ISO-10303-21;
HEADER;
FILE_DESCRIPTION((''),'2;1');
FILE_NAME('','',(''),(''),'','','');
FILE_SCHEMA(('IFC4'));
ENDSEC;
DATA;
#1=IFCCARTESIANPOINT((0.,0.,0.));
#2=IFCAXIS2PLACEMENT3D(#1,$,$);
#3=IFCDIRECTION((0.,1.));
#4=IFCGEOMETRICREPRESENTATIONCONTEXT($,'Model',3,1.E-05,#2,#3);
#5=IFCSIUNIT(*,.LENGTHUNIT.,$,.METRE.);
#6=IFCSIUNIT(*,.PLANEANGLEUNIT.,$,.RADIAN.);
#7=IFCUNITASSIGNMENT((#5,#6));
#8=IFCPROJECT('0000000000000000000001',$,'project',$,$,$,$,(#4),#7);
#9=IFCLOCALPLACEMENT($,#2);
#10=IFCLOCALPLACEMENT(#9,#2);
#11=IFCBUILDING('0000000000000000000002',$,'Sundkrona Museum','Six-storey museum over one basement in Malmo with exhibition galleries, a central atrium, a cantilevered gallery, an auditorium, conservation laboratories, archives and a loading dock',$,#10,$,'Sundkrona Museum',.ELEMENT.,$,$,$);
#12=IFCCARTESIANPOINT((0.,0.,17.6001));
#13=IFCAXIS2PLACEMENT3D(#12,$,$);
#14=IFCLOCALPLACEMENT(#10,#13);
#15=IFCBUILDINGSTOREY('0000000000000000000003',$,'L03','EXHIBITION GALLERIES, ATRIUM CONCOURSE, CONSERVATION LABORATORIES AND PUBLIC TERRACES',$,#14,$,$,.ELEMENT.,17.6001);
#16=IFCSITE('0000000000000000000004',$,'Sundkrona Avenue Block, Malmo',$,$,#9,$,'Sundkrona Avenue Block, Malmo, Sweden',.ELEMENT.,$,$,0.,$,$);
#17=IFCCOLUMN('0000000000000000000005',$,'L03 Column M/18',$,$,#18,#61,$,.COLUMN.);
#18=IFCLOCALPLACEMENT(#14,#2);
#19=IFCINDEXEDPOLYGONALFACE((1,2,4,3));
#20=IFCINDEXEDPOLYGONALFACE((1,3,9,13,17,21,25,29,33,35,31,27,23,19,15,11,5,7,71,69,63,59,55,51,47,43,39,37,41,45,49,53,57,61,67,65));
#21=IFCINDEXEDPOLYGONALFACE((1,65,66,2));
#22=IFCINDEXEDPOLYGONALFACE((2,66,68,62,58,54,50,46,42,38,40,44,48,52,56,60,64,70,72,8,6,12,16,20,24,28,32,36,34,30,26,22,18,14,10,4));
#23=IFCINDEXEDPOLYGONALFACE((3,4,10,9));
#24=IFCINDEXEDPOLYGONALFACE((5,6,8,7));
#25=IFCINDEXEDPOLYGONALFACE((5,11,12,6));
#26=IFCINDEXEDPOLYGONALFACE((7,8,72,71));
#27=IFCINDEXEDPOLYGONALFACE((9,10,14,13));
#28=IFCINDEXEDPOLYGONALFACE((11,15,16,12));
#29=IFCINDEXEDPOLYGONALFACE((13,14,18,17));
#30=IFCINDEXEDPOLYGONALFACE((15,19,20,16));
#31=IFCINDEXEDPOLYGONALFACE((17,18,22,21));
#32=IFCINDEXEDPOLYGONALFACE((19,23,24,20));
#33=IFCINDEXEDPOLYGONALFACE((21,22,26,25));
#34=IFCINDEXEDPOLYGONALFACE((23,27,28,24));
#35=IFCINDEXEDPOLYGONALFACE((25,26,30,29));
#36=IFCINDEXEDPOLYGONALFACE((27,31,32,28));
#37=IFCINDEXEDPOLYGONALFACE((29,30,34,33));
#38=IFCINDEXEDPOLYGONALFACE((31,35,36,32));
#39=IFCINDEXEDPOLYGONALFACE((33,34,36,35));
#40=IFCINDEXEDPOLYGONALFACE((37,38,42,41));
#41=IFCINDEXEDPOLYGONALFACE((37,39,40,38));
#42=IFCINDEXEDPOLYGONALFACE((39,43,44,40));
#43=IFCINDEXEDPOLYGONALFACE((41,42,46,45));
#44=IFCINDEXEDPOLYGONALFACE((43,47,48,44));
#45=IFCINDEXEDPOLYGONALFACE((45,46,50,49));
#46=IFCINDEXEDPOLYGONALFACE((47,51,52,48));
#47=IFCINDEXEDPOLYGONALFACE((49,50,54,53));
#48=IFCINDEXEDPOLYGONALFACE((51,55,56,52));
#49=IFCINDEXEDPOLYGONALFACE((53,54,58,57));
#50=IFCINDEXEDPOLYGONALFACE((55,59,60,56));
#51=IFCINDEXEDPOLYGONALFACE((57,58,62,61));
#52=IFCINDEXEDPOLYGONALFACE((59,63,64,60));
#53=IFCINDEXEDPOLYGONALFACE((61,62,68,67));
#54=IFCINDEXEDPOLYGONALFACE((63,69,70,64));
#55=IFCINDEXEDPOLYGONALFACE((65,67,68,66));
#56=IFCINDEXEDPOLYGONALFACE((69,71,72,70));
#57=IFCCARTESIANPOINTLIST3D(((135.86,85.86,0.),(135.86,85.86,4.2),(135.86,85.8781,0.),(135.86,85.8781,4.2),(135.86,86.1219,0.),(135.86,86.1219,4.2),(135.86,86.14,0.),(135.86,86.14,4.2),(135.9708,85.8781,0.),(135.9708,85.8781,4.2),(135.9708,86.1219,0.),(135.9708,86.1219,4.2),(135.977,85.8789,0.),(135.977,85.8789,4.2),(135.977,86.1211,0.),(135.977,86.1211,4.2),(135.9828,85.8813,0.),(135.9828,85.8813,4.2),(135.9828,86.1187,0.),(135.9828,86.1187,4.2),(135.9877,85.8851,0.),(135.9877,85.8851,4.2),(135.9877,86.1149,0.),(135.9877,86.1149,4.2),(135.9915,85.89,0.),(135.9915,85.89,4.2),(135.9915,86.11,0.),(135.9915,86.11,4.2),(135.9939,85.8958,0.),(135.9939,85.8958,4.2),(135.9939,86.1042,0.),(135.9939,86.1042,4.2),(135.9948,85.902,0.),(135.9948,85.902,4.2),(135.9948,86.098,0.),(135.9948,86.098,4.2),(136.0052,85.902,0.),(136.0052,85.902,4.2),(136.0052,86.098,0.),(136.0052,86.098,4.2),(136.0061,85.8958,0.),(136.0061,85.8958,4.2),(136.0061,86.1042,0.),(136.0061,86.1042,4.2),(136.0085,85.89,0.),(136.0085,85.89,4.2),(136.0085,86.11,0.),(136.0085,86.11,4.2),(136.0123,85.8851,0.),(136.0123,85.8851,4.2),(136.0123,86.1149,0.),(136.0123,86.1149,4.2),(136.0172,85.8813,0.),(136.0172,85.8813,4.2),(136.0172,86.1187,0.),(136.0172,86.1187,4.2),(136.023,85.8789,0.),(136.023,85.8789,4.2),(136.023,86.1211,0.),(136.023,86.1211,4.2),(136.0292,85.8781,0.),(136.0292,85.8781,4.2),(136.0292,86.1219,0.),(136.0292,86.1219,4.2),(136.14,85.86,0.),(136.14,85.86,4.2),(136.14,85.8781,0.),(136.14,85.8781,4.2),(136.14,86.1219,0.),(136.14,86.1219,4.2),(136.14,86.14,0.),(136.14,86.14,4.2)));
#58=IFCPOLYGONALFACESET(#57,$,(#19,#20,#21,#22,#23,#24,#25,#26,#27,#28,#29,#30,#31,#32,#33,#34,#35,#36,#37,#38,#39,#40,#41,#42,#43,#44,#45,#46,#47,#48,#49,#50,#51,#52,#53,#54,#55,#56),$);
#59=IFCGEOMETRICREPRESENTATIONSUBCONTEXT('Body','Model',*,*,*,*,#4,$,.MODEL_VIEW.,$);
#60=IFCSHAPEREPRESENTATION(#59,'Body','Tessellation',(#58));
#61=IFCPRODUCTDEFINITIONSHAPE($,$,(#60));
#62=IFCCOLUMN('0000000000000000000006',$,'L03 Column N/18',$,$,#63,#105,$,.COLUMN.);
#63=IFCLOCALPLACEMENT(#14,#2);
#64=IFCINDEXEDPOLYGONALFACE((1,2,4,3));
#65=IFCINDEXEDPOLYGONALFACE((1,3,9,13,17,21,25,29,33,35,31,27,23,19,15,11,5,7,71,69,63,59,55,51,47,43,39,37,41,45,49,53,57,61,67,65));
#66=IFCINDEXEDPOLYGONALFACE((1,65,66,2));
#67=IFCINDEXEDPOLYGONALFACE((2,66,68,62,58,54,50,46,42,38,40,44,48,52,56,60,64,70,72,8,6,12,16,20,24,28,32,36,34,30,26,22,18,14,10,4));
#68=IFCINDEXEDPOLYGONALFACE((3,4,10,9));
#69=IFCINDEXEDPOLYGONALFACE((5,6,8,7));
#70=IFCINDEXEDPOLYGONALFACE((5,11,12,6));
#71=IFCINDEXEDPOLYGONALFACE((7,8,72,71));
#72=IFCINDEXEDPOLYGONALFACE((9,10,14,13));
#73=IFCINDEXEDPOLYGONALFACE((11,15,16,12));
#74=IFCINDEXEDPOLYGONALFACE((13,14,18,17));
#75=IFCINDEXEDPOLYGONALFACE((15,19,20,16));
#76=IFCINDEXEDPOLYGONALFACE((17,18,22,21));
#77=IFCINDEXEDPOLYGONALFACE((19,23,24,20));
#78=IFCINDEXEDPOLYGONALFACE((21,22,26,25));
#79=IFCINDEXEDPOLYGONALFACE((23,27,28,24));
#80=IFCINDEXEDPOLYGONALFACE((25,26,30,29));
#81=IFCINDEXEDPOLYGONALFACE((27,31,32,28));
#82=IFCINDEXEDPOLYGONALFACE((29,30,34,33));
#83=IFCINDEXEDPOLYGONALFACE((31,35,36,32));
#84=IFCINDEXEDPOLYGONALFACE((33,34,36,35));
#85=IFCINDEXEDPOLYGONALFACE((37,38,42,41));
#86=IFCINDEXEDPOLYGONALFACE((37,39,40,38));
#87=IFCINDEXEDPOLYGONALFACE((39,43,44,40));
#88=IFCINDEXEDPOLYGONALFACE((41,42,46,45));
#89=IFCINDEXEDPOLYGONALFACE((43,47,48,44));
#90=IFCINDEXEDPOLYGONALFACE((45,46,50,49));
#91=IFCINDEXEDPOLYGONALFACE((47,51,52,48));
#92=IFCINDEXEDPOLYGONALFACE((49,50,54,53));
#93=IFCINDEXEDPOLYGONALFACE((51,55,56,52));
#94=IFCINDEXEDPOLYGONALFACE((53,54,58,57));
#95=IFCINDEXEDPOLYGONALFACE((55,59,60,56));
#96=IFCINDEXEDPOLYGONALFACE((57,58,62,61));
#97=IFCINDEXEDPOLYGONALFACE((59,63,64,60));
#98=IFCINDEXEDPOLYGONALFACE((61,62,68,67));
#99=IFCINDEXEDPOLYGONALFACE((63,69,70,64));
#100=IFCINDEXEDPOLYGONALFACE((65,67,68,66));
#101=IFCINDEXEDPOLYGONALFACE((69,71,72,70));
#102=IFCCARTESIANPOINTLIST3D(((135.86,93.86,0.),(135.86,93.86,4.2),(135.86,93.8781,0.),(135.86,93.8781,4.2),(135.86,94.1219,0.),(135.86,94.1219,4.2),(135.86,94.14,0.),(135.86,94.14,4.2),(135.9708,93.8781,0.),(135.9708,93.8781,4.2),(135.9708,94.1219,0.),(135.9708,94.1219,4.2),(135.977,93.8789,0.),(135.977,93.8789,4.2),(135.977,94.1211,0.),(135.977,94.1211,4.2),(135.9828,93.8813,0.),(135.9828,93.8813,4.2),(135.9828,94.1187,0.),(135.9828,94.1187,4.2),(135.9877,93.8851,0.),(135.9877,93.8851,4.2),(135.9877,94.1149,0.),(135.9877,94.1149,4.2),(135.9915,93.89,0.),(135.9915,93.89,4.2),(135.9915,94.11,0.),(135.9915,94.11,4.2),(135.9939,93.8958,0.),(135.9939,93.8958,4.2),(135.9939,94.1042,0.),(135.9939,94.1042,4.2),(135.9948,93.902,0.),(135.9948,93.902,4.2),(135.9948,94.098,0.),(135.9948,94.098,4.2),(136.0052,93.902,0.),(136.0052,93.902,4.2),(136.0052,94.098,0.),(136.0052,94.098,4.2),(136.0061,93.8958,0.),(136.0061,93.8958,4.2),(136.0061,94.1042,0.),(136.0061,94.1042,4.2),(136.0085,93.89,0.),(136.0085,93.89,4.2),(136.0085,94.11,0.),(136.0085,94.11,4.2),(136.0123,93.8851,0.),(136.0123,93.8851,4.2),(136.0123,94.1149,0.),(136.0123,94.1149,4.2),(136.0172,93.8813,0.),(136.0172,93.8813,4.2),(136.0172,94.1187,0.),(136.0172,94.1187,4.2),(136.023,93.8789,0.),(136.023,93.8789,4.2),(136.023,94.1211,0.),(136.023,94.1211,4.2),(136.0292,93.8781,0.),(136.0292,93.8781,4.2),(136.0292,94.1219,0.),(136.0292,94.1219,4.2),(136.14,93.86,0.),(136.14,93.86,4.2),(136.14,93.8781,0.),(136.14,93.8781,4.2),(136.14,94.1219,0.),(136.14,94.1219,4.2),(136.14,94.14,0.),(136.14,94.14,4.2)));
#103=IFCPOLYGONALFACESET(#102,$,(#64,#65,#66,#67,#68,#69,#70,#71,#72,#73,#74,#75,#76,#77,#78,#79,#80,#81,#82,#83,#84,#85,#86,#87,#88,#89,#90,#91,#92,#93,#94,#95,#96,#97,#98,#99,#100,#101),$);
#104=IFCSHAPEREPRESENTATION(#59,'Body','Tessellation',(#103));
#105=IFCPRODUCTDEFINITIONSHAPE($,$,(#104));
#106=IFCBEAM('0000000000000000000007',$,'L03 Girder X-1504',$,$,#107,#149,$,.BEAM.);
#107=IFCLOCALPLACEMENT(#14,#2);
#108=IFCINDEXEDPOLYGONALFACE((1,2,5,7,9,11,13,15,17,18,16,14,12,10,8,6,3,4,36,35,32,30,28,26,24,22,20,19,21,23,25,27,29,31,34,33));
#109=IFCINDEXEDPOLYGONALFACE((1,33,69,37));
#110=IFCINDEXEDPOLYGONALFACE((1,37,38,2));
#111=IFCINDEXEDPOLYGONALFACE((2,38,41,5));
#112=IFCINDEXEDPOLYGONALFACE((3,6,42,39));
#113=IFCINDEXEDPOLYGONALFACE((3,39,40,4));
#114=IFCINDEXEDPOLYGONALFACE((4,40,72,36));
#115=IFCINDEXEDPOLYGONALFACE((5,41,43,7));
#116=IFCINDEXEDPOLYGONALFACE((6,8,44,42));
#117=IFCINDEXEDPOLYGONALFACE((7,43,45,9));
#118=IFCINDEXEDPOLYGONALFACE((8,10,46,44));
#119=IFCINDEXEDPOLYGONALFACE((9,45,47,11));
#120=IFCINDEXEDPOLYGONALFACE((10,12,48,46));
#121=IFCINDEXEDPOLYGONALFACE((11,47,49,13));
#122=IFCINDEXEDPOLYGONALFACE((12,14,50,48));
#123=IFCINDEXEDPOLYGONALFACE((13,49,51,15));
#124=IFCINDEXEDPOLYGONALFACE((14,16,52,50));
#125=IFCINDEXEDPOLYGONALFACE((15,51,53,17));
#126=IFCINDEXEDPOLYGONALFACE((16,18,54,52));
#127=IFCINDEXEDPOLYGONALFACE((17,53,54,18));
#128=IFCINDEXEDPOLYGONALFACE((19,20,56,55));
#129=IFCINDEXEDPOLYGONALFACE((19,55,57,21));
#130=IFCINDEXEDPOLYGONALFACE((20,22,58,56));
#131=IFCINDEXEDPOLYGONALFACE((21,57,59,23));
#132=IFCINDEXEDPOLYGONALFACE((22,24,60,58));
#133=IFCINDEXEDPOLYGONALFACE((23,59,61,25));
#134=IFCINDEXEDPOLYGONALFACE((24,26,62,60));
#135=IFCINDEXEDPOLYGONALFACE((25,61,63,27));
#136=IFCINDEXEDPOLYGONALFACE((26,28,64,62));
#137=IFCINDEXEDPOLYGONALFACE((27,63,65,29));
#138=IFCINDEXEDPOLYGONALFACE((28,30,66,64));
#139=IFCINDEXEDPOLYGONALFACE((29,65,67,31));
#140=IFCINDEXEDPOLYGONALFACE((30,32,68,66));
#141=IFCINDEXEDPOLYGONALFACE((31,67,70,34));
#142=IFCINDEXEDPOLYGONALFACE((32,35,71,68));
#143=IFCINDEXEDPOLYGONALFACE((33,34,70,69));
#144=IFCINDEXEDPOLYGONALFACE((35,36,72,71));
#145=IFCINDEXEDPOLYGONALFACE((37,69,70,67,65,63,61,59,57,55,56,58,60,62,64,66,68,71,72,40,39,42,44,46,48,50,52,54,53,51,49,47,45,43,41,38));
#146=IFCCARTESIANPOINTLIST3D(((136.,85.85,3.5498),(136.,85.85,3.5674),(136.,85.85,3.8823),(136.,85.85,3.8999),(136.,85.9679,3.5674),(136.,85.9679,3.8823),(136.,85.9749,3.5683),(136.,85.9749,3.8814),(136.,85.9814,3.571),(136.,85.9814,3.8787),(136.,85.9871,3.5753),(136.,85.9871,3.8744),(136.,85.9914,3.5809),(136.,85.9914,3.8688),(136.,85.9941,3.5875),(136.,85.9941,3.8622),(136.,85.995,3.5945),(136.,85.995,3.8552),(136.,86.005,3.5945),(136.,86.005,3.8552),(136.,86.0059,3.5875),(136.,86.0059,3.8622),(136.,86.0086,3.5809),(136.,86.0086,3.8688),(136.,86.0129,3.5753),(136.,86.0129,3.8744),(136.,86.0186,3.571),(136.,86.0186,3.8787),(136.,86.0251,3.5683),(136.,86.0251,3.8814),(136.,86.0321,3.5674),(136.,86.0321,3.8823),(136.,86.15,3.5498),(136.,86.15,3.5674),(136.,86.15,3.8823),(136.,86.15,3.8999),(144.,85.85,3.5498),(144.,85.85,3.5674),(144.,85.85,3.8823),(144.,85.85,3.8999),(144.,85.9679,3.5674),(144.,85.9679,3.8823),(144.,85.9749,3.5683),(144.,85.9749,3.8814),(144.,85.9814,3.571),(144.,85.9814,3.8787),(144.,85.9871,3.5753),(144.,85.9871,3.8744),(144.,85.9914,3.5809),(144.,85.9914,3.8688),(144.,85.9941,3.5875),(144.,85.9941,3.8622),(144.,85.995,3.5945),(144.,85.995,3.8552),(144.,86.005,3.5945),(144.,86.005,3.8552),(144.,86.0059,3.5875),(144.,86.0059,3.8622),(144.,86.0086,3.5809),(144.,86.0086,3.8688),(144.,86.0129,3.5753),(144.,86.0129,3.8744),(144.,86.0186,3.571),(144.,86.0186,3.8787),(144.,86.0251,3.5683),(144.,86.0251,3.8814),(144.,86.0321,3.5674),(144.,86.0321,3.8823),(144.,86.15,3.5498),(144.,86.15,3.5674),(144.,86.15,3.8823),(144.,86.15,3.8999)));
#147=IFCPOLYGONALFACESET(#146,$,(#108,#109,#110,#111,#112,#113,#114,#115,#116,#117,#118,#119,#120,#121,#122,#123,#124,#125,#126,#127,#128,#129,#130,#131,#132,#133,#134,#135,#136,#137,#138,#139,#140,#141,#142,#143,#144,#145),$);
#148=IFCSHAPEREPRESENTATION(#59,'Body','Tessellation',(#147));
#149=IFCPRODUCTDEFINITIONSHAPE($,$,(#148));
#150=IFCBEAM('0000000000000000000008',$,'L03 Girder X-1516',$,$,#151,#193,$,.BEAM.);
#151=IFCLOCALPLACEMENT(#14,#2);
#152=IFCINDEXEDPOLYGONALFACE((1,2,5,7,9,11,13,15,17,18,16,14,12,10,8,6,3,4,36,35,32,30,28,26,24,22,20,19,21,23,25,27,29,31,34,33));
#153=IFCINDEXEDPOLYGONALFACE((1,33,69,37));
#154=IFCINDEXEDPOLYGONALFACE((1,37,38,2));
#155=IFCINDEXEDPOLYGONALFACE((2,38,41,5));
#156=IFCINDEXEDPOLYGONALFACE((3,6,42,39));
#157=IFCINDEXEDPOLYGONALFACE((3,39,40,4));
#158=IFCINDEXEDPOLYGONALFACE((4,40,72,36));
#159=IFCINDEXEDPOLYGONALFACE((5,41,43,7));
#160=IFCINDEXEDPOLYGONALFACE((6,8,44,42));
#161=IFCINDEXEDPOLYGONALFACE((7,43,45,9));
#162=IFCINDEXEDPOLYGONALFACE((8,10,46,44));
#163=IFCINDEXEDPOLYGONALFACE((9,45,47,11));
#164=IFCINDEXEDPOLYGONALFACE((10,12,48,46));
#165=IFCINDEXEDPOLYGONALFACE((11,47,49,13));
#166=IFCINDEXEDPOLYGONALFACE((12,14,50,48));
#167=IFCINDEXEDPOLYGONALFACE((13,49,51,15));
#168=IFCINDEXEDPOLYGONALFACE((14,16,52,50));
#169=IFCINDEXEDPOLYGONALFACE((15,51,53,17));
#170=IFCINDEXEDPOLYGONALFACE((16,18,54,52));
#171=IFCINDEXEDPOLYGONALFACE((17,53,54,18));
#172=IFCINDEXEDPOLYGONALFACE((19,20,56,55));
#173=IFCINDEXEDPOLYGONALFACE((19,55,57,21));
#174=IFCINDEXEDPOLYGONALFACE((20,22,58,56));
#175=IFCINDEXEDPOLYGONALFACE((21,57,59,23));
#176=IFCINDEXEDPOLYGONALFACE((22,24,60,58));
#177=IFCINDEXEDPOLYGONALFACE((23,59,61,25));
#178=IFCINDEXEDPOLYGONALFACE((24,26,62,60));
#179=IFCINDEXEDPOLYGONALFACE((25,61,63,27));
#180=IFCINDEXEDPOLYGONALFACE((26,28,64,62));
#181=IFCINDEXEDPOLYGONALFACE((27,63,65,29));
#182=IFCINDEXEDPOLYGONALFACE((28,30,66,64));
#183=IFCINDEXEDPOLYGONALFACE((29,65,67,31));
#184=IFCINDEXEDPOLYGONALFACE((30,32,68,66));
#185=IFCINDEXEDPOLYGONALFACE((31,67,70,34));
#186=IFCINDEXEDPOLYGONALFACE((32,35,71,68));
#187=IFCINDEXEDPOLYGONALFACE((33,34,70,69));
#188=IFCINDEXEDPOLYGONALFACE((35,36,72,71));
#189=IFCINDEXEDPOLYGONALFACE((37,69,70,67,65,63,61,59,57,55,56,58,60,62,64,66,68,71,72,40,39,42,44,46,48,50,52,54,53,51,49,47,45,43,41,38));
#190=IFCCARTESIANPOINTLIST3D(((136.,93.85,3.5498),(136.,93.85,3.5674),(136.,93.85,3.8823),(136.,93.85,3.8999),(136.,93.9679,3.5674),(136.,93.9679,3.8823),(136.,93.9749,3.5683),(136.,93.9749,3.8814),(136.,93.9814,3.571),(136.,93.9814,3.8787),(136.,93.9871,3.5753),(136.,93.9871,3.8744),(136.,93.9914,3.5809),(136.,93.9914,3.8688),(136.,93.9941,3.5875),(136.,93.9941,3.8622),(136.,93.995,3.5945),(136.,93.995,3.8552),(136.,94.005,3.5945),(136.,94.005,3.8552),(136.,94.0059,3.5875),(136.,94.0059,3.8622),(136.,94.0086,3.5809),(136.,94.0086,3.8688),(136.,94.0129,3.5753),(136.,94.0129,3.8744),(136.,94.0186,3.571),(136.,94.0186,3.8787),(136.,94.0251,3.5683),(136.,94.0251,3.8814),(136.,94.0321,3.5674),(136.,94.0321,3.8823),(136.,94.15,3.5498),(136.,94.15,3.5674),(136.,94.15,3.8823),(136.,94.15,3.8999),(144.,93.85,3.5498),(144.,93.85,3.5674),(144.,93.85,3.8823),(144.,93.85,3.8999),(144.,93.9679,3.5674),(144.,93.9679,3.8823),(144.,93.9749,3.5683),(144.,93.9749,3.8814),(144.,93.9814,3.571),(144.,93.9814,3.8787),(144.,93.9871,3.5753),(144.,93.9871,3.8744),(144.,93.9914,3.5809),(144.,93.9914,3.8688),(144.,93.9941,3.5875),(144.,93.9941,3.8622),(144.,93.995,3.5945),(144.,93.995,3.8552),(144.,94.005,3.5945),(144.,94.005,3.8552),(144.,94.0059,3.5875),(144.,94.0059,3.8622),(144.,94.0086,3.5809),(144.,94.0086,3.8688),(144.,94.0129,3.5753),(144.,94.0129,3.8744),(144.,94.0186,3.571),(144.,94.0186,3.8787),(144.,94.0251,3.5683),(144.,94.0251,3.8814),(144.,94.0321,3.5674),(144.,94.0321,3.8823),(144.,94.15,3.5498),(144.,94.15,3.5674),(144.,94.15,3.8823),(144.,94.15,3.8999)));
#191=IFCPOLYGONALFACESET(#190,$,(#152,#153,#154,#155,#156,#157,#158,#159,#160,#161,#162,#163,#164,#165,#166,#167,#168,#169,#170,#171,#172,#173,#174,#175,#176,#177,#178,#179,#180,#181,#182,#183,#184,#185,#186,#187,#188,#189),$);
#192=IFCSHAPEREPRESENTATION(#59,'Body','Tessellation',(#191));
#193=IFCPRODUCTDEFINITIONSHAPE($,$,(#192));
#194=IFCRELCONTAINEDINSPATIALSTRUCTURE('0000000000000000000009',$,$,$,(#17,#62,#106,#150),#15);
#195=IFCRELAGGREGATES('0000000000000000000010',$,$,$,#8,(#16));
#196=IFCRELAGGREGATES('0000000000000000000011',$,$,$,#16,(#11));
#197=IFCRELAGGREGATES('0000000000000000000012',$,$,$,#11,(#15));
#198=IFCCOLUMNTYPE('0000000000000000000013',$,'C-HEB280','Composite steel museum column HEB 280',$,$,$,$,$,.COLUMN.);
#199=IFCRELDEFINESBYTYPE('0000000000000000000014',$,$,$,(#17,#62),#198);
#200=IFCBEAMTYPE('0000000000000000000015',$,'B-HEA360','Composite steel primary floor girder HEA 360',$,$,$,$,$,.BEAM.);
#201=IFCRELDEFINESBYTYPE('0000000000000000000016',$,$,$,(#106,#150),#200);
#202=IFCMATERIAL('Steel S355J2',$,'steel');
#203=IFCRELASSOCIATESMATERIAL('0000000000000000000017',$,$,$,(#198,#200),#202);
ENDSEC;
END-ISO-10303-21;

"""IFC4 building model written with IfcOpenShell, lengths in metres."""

from ifc_helpers import new_model, si_unit, direction, frame, origin, origin_2d, place, context, subcontext, project, spatial, i_section, extrude, material, material_profile, profile_set, type_object, element, save


model = new_model("IFC4")

# Units and contexts
model_context = context("Model", 3, precision=1e-05, world=origin(), true_north=direction((0.0, 1.0)))
body_context = subcontext(model_context, "Body", "Model", "MODEL_VIEW")
ifc_project = project(units=[si_unit("LENGTHUNIT", "METRE"), si_unit("PLANEANGLEUNIT", "RADIAN")], contexts=[model_context])

# Site, building, storey
site_placement = place(None, origin())
site = spatial("IfcSite", under=ifc_project, at=site_placement, Name="Sundkrona Avenue Block, Malmo", LongName="Sundkrona Avenue Block, Malmo, Sweden", CompositionType="ELEMENT", RefElevation=0.0)
building_placement = place(site_placement, origin())
building = spatial("IfcBuilding", under=site, at=building_placement, Name="Sundkrona Museum", Description="Six-storey museum over one basement in Malmo with exhibition galleries, a central atrium, a cantilevered gallery, an auditorium, conservation laboratories, archives and a loading dock", LongName="Sundkrona Museum", CompositionType="ELEMENT")
storey_placement = place(building_placement, frame((0.0, 0.0, 17.6001)))
storey = spatial("IfcBuildingStorey", under=building, at=storey_placement, Name="L03", Description="EXHIBITION GALLERIES, ATRIUM CONCOURSE, CONSERVATION LABORATORIES AND PUBLIC TERRACES", CompositionType="ELEMENT", Elevation=17.6001)

# Columns
ifc_material_1 = material(Name="Steel S355J2", Category="steel")
ifc_material_profile_1 = material_profile(ifc_material_1, i_section(OverallWidth=0.28, OverallDepth=0.28, WebThickness=0.0105, FlangeThickness=0.0181, FilletRadius=0.0239, at=origin_2d()), Name="HEB 280")
ifc_profile_set_1 = profile_set([ifc_material_profile_1], Name="Steel S355J2")
column_type = type_object("IfcColumnType", Name="C-HEB280", Description="Composite steel museum column HEB 280", PredefinedType="COLUMN", material=ifc_profile_set_1)
for number, where, z_axis, x_axis, name in (
    (1, (136.0, 86.0, 0.0), (0.0, 0.0, 1.0), (1.0, 0.0, 0.0), "L03 Column M/18"),
    (2, (136.0, 94.0, 0.0), (0.0, 0.0, 1.0), (1.0, 0.0, 0.0), "L03 Column N/18"),
):
    element("IfcColumn", number, at=place(storey_placement, frame(where, z_axis=z_axis, x_axis=x_axis)), inside=storey, type_object=column_type, Name=name, PredefinedType="COLUMN", context=body_context, shape_type="SweptSolid", body=[
        extrude(i_section(OverallWidth=0.28, OverallDepth=0.28, WebThickness=0.0105, FlangeThickness=0.0181, FilletRadius=0.0239, at=origin_2d()), origin(), (0.0, 0.0, 1.0), 4.2),
    ])

# Beams
ifc_material_profile_2 = material_profile(ifc_material_1, i_section(OverallWidth=0.3, OverallDepth=0.3501, WebThickness=0.01, FlangeThickness=0.0176, FilletRadius=0.0271, at=origin_2d()), Name="HEA 360")
ifc_profile_set_2 = profile_set([ifc_material_profile_2], Name="Steel S355J2")
beam_type_1 = type_object("IfcBeamType", Name="B-HEA360", Description="Composite steel primary floor girder HEA 360", PredefinedType="BEAM", material=ifc_profile_set_2)
for number, where, z_axis, x_axis, name in (
    (3, (136.0, 86.0, 3.7249), (1.0, 0.0, 0.0), (0.0, 1.0, 0.0), "L03 Girder X-1504"),
    (4, (136.0, 94.0, 3.7249), (1.0, 0.0, 0.0), (0.0, 1.0, 0.0), "L03 Girder X-1516"),
):
    element("IfcBeam", number, at=place(storey_placement, frame(where, z_axis=z_axis, x_axis=x_axis)), inside=storey, type_object=beam_type_1, Name=name, PredefinedType="BEAM", context=body_context, shape_type="SweptSolid", body=[
        extrude(i_section(OverallWidth=0.3, OverallDepth=0.3501, WebThickness=0.01, FlangeThickness=0.0176, FilletRadius=0.0271, at=origin_2d()), origin(), (0.0, 0.0, 1.0), 8.0),
    ])

save(model, "model.ifc")
